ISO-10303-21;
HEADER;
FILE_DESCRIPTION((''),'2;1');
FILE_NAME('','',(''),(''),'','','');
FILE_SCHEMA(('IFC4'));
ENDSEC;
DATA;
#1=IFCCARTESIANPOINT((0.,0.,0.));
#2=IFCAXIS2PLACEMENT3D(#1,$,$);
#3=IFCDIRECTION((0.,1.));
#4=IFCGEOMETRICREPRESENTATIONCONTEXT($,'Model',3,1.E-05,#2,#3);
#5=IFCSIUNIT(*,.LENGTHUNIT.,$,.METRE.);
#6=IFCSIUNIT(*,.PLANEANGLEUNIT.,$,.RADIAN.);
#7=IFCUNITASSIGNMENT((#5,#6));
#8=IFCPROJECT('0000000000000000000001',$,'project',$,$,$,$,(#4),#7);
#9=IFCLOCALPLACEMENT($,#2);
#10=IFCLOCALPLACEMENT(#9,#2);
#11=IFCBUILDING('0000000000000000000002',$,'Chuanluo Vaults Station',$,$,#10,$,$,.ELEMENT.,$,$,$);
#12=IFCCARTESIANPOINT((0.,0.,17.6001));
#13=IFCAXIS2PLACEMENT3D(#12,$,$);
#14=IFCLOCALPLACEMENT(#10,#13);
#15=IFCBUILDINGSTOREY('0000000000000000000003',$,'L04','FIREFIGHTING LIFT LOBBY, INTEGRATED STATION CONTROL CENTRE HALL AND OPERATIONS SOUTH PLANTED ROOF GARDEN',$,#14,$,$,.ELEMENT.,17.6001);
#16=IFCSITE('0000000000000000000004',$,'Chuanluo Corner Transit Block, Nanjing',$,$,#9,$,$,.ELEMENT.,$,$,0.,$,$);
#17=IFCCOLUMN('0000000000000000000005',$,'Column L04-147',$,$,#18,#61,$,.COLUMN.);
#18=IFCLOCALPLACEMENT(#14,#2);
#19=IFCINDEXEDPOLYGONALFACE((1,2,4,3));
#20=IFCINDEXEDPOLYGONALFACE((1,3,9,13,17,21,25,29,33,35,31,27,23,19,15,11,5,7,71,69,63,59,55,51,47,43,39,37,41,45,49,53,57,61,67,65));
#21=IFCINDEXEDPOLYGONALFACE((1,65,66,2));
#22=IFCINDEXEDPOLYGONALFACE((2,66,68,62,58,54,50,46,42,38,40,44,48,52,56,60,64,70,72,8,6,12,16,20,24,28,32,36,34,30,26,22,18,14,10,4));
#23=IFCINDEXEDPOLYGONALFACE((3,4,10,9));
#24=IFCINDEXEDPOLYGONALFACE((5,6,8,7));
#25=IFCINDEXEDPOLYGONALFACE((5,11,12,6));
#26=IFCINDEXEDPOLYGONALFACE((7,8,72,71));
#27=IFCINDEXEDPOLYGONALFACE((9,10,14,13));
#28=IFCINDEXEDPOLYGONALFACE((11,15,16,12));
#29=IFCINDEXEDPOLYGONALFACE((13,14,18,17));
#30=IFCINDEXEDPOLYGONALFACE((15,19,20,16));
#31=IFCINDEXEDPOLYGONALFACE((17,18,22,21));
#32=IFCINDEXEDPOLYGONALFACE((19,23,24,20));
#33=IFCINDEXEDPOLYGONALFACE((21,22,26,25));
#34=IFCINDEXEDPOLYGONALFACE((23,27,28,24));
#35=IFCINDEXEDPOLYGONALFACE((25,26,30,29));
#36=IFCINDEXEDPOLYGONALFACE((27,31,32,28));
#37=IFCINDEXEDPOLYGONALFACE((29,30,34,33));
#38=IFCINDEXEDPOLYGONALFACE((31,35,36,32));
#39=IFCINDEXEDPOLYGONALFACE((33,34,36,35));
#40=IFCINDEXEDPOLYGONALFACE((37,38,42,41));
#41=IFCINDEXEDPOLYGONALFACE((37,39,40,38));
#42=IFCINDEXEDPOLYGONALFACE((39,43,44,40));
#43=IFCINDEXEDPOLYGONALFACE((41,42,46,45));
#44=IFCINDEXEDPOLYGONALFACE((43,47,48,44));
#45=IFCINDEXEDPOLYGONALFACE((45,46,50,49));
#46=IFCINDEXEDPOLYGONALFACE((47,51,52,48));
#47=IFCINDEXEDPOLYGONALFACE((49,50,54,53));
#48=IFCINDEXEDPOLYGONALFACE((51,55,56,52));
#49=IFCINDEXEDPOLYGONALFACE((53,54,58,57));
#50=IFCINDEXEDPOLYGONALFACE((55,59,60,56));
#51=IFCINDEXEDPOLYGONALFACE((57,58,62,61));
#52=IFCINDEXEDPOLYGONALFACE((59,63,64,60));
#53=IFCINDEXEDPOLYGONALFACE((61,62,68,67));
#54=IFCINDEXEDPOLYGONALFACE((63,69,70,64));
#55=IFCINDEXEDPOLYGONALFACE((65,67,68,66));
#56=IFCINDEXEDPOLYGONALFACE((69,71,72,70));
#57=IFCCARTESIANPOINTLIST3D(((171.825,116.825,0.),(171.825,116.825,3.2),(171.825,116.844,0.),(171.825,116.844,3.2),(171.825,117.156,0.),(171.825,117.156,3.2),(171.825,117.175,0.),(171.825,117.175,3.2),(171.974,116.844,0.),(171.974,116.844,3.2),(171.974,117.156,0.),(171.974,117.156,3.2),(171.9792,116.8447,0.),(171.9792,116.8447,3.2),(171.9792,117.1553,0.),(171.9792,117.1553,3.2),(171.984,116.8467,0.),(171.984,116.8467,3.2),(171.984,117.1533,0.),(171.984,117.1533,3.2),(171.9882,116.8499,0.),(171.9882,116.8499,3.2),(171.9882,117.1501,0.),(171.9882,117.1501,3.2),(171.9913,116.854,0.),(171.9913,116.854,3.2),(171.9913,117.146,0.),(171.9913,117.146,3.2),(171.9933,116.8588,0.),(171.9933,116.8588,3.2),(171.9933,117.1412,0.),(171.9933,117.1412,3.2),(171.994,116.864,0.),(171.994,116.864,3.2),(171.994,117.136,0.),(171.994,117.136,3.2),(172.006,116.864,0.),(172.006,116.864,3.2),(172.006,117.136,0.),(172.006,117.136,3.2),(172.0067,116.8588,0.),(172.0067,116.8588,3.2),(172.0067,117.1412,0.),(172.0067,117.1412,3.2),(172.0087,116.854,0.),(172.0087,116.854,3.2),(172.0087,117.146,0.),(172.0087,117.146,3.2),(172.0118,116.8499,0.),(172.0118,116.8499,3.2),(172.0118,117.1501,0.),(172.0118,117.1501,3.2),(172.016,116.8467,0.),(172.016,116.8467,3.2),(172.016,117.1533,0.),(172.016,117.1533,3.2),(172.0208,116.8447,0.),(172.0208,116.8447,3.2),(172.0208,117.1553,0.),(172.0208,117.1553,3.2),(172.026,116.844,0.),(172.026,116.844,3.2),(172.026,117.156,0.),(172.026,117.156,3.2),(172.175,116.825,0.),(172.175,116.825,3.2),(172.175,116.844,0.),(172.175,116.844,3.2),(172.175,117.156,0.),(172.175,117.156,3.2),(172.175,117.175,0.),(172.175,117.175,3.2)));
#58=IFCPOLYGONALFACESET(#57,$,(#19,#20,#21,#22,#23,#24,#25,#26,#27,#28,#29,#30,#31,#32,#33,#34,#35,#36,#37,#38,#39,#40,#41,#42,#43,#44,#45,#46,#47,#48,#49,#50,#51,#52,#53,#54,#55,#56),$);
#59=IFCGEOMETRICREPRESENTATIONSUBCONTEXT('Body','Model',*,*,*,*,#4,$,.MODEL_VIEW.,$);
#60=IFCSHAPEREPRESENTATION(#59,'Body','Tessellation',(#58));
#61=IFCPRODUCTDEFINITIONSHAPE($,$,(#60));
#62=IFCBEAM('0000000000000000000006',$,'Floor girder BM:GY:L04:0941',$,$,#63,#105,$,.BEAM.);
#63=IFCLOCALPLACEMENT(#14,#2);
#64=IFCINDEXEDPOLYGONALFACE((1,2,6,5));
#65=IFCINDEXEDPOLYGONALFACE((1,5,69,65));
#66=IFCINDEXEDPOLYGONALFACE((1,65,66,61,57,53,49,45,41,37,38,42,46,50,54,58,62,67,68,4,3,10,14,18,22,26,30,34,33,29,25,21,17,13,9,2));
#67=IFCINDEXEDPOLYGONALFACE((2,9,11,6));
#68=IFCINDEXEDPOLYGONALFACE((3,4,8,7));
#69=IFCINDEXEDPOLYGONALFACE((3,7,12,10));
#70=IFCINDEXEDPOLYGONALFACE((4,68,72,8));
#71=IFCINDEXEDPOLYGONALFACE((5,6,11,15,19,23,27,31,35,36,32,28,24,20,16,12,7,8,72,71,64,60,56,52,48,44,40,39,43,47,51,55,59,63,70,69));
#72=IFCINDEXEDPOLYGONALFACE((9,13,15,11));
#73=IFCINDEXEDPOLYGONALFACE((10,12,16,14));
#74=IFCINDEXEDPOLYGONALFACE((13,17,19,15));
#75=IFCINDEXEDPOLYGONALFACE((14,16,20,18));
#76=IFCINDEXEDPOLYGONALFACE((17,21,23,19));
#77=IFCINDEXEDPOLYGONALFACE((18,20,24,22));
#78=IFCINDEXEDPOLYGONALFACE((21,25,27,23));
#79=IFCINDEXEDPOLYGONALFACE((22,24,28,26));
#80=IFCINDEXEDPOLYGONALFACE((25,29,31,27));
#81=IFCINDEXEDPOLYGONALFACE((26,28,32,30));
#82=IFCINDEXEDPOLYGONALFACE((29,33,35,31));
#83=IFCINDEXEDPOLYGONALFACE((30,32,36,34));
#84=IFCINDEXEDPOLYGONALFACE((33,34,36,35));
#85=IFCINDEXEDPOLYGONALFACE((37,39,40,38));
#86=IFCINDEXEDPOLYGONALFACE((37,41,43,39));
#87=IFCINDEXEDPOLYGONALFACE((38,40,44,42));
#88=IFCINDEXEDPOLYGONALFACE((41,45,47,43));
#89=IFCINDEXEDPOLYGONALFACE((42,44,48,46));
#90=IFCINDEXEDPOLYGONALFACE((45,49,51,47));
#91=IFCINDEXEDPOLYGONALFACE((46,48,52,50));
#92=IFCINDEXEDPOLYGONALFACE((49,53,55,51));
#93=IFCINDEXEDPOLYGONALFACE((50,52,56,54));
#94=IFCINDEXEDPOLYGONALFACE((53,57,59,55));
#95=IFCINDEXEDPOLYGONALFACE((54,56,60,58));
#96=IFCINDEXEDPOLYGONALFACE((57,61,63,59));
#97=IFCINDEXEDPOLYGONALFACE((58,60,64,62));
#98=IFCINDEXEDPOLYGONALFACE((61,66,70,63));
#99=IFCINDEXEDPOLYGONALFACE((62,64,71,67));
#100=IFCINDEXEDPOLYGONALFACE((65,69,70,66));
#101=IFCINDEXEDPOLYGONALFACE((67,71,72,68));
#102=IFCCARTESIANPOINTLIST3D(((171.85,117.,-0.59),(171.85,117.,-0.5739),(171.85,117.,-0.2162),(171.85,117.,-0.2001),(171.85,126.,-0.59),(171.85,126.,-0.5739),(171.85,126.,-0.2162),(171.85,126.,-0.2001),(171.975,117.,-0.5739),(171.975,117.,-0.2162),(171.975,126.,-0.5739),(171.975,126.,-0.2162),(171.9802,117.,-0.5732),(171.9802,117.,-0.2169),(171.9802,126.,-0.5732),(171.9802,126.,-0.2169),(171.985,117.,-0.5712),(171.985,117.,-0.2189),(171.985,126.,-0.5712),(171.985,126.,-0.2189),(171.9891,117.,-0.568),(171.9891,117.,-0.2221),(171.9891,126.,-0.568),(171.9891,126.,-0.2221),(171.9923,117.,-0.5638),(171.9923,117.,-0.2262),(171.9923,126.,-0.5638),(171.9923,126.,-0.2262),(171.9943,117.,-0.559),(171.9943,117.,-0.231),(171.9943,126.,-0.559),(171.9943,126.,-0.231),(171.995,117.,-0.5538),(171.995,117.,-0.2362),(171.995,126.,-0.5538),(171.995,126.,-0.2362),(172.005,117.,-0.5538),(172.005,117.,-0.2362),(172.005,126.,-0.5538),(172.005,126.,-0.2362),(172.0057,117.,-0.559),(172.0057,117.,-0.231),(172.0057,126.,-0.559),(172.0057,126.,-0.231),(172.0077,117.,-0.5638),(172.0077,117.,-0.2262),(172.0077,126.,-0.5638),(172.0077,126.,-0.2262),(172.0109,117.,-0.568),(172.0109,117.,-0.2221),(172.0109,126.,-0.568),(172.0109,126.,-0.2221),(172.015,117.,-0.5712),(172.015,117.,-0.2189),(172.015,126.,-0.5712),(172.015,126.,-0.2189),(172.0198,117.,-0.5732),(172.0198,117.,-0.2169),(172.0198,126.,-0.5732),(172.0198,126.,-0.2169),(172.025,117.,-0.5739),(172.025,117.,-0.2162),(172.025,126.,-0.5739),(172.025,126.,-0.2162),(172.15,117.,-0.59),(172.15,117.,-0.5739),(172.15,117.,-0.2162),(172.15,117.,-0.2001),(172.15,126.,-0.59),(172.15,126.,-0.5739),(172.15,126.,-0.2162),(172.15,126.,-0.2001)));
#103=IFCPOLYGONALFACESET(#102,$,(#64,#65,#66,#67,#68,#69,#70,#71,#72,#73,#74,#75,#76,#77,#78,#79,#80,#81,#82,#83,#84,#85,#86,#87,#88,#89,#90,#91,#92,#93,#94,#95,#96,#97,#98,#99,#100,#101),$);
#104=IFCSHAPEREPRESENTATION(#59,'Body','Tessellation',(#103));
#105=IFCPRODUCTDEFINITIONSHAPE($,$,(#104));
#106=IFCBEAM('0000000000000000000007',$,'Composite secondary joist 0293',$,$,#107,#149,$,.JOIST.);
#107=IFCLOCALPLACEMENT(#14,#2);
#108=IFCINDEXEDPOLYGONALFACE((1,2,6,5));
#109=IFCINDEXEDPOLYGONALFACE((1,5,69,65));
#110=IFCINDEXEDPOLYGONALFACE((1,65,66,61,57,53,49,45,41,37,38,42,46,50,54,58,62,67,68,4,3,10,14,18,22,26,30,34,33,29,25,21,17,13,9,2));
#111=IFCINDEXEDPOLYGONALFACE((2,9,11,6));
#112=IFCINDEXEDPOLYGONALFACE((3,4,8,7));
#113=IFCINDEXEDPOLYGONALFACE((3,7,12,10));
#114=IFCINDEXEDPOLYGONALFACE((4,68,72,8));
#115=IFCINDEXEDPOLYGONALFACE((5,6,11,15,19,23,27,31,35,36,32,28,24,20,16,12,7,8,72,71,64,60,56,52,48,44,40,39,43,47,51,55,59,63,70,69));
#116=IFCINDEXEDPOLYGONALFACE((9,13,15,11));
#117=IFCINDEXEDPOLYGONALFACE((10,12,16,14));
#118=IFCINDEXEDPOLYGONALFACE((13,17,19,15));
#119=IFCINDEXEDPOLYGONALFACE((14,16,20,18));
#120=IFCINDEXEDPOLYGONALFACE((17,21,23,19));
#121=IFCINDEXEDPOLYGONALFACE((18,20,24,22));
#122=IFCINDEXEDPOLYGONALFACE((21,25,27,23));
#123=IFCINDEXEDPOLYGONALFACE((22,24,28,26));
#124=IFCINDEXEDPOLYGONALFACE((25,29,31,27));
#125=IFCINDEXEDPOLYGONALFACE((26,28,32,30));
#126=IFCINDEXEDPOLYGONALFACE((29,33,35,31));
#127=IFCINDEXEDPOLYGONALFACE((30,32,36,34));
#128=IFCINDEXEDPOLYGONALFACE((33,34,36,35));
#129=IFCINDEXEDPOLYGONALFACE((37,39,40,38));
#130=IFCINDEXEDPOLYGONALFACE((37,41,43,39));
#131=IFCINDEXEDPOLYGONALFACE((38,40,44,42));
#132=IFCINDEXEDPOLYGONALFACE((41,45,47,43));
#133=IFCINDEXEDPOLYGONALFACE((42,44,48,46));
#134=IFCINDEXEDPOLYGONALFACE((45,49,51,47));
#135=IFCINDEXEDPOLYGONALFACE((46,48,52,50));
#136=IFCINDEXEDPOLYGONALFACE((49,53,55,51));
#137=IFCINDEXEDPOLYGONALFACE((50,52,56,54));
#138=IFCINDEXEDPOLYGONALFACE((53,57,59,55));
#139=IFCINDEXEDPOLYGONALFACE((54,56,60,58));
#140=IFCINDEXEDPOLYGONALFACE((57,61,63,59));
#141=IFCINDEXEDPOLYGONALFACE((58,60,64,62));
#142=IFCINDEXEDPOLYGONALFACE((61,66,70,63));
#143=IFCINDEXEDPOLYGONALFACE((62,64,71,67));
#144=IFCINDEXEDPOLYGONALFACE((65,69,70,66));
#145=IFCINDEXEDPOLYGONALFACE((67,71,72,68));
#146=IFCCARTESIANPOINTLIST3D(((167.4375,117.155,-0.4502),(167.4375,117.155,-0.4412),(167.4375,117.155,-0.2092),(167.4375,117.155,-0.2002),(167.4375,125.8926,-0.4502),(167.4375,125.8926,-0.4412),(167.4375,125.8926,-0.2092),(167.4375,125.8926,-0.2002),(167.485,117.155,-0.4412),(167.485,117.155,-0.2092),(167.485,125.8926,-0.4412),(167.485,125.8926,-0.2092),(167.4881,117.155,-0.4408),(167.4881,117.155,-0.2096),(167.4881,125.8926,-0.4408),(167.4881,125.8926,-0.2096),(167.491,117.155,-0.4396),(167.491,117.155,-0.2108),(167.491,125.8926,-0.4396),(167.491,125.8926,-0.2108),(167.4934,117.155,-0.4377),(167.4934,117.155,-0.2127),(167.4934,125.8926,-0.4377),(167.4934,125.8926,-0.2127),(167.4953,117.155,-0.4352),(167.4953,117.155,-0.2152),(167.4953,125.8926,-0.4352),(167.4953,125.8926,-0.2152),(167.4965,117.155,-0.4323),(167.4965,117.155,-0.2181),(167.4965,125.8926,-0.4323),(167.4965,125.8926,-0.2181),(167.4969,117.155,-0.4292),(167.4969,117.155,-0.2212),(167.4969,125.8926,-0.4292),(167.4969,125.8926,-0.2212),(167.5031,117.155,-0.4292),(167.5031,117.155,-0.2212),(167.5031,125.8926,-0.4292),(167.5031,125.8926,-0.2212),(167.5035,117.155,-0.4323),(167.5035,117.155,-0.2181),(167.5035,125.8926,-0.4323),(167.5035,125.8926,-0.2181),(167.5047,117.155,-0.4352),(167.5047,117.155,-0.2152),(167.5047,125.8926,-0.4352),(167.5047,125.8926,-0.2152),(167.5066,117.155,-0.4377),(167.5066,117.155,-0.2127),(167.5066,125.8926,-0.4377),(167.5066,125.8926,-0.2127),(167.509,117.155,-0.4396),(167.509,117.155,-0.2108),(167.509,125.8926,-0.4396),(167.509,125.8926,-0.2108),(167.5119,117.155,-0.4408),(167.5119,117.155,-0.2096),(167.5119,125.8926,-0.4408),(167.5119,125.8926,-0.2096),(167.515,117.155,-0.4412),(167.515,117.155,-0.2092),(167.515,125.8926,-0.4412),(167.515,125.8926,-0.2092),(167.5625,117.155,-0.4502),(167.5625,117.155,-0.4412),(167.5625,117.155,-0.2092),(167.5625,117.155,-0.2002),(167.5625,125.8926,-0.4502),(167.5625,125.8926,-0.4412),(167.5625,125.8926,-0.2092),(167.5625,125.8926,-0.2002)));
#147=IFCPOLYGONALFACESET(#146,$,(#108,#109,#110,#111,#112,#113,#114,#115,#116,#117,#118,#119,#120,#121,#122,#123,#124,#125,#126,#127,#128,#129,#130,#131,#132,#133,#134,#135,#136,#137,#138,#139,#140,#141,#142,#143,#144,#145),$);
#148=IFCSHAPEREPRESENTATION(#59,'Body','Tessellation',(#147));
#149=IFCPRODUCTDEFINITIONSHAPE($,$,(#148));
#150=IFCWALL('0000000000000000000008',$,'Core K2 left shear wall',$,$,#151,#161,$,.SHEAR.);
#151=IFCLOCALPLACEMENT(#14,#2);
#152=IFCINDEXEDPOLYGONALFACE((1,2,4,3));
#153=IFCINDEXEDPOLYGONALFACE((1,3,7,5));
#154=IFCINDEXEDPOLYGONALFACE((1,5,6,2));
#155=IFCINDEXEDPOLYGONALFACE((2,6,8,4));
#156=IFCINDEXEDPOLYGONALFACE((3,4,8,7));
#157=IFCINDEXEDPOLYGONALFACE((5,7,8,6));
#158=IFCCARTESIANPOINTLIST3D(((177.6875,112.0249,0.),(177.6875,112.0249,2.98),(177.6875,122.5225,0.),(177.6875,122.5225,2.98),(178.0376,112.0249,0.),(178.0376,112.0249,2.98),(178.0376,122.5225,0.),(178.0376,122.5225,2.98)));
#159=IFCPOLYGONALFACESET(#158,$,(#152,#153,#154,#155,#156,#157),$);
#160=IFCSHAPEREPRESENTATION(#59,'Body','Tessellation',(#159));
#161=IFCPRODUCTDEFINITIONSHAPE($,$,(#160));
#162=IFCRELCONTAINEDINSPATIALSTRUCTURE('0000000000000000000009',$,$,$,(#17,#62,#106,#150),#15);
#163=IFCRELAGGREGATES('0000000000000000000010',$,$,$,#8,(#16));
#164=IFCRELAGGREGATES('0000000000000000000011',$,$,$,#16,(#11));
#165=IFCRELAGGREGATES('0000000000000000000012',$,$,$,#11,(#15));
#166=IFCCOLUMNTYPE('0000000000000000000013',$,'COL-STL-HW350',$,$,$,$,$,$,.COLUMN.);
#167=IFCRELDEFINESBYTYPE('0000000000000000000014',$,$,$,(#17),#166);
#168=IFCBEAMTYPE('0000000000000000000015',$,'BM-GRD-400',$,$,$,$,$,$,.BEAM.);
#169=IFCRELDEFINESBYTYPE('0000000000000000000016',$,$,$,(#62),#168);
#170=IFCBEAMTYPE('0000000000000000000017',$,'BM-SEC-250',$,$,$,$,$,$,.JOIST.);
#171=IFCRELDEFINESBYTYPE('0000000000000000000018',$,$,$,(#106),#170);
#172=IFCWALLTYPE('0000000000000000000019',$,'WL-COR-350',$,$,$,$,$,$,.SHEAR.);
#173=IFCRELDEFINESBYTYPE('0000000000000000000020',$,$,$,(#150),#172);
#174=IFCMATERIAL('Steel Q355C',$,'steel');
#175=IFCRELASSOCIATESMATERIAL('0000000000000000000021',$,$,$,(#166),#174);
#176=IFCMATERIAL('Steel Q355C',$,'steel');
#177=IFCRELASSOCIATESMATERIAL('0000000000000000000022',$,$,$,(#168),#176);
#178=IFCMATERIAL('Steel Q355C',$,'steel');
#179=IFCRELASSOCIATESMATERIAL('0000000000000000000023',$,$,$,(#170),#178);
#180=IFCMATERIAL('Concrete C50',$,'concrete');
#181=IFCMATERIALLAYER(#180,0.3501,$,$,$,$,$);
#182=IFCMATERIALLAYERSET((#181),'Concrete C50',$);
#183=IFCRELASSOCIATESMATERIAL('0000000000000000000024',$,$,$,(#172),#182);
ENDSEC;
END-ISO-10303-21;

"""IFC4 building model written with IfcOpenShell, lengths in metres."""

from ifc_helpers import new_model, si_unit, direction, frame, frame_2d, origin, origin_2d, place, context, subcontext, project, spatial, rectangle, i_section, extrude, material, layer, layer_set, material_profile, profile_set, type_object, element, save


model = new_model("IFC4")

# Units and contexts
model_context = context("Model", 3, precision=1e-05, world=origin(), true_north=direction((0.0, 1.0)))
body_context = subcontext(model_context, "Body", "Model", "MODEL_VIEW")
ifc_project = project(units=[si_unit("LENGTHUNIT", "METRE"), si_unit("PLANEANGLEUNIT", "RADIAN")], contexts=[model_context])

# Site, building, storey
site_placement = place(None, origin())
site = spatial("IfcSite", under=ifc_project, at=site_placement, Name="Chuanluo Corner Transit Block, Nanjing", CompositionType="ELEMENT", RefElevation=0.0)
building_placement = place(site_placement, origin())
building = spatial("IfcBuilding", under=site, at=building_placement, Name="Chuanluo Vaults Station", CompositionType="ELEMENT")
storey_placement = place(building_placement, frame((0.0, 0.0, 17.6001)))
storey = spatial("IfcBuildingStorey", under=building, at=storey_placement, Name="L04", Description="FIREFIGHTING LIFT LOBBY, INTEGRATED STATION CONTROL CENTRE HALL AND OPERATIONS SOUTH PLANTED ROOF GARDEN", CompositionType="ELEMENT", Elevation=17.6001)

# Column
ifc_material_1 = material(Name="Steel Q355C", Category="steel")
ifc_material_profile_1 = material_profile(ifc_material_1, i_section(OverallWidth=0.3501, OverallDepth=0.3501, WebThickness=0.012, FlangeThickness=0.019, FilletRadius=0.02, at=origin_2d()))
ifc_profile_set_1 = profile_set([ifc_material_profile_1], Name="Steel Q355C")
column_type = type_object("IfcColumnType", Name="COL-STL-HW350", PredefinedType="COLUMN", material=ifc_profile_set_1)
column_placement = place(storey_placement, frame((172.0, 117.0, 0.0), z_axis=(0.0, 0.0, 1.0), x_axis=(1.0, 0.0, 0.0)))
element("IfcColumn", 1, at=column_placement, inside=storey, type_object=column_type, Name="Column L04-147", PredefinedType="COLUMN", context=body_context, shape_type="SweptSolid", body=[
    extrude(i_section(OverallWidth=0.3501, OverallDepth=0.3501, WebThickness=0.012, FlangeThickness=0.019, FilletRadius=0.02, at=origin_2d()), origin(), (0.0, 0.0, 1.0), 3.2),
])

# Beams
ifc_material_2 = material(Name="Steel Q355C", Category="steel")
ifc_material_profile_2 = material_profile(ifc_material_2, i_section(OverallWidth=0.3, OverallDepth=0.3899, WebThickness=0.01, FlangeThickness=0.0161, FilletRadius=0.02, at=origin_2d()))
ifc_profile_set_2 = profile_set([ifc_material_profile_2], Name="Steel Q355C")
beam_type_1 = type_object("IfcBeamType", Name="BM-GRD-400", PredefinedType="BEAM", material=ifc_profile_set_2)
beam_1_placement = place(storey_placement, frame((172.0, 117.0, -0.395), z_axis=(0.0, 1.0, 0.0), x_axis=(-1.0, 0.0, 0.0)))
element("IfcBeam", 2, at=beam_1_placement, inside=storey, type_object=beam_type_1, Name="Floor girder BM:GY:L04:0941", PredefinedType="BEAM", context=body_context, shape_type="SweptSolid", body=[
    extrude(i_section(OverallWidth=0.3, OverallDepth=0.3899, WebThickness=0.01, FlangeThickness=0.0161, FilletRadius=0.02, at=origin_2d()), origin(), (0.0, 0.0, 1.0), 9.0),
])
ifc_material_3 = material(Name="Steel Q355C", Category="steel")
ifc_material_profile_3 = material_profile(ifc_material_3, i_section(OverallWidth=0.125, OverallDepth=0.25, WebThickness=0.0061, FlangeThickness=0.009, FilletRadius=0.012, at=origin_2d()))
ifc_profile_set_3 = profile_set([ifc_material_profile_3], Name="Steel Q355C")
beam_type_2 = type_object("IfcBeamType", Name="BM-SEC-250", PredefinedType="JOIST", material=ifc_profile_set_3)
beam_2_placement = place(storey_placement, frame((167.5, 117.155, -0.3252), z_axis=(0.0, 1.0, 0.0), x_axis=(-1.0, 0.0, 0.0)))
element("IfcBeam", 3, at=beam_2_placement, inside=storey, type_object=beam_type_2, Name="Composite secondary joist 0293", PredefinedType="JOIST", context=body_context, shape_type="SweptSolid", body=[
    extrude(i_section(OverallWidth=0.125, OverallDepth=0.25, WebThickness=0.0061, FlangeThickness=0.009, FilletRadius=0.012, at=origin_2d()), origin(), (0.0, 0.0, 1.0), 8.7375),
])

# Wall
ifc_material_4 = material(Name="Concrete C50", Category="concrete")
ifc_layer_1 = layer(ifc_material_4, 0.3501)
ifc_layer_set_1 = layer_set([ifc_layer_1], Name="Concrete C50")
wall_type_1 = type_object("IfcWallType", Name="WL-COR-350", PredefinedType="SHEAR", material=ifc_layer_set_1)
wall_1_placement = place(storey_placement, frame((177.8625, 112.0249, 0.0), z_axis=(0.0, 0.0, 1.0), x_axis=(0.0, 1.0, 0.0)))
element("IfcWall", 4, at=wall_1_placement, inside=storey, type_object=wall_type_1, Name="Core K2 left shear wall", PredefinedType="SHEAR", context=body_context, shape_type="SweptSolid", body=[
    extrude(rectangle(XDim=10.4976, YDim=0.3501, at=frame_2d((5.2488, 0.0))), origin(), (0.0, 0.0, 1.0), 2.98),
])

save(model, "model.ifc")
